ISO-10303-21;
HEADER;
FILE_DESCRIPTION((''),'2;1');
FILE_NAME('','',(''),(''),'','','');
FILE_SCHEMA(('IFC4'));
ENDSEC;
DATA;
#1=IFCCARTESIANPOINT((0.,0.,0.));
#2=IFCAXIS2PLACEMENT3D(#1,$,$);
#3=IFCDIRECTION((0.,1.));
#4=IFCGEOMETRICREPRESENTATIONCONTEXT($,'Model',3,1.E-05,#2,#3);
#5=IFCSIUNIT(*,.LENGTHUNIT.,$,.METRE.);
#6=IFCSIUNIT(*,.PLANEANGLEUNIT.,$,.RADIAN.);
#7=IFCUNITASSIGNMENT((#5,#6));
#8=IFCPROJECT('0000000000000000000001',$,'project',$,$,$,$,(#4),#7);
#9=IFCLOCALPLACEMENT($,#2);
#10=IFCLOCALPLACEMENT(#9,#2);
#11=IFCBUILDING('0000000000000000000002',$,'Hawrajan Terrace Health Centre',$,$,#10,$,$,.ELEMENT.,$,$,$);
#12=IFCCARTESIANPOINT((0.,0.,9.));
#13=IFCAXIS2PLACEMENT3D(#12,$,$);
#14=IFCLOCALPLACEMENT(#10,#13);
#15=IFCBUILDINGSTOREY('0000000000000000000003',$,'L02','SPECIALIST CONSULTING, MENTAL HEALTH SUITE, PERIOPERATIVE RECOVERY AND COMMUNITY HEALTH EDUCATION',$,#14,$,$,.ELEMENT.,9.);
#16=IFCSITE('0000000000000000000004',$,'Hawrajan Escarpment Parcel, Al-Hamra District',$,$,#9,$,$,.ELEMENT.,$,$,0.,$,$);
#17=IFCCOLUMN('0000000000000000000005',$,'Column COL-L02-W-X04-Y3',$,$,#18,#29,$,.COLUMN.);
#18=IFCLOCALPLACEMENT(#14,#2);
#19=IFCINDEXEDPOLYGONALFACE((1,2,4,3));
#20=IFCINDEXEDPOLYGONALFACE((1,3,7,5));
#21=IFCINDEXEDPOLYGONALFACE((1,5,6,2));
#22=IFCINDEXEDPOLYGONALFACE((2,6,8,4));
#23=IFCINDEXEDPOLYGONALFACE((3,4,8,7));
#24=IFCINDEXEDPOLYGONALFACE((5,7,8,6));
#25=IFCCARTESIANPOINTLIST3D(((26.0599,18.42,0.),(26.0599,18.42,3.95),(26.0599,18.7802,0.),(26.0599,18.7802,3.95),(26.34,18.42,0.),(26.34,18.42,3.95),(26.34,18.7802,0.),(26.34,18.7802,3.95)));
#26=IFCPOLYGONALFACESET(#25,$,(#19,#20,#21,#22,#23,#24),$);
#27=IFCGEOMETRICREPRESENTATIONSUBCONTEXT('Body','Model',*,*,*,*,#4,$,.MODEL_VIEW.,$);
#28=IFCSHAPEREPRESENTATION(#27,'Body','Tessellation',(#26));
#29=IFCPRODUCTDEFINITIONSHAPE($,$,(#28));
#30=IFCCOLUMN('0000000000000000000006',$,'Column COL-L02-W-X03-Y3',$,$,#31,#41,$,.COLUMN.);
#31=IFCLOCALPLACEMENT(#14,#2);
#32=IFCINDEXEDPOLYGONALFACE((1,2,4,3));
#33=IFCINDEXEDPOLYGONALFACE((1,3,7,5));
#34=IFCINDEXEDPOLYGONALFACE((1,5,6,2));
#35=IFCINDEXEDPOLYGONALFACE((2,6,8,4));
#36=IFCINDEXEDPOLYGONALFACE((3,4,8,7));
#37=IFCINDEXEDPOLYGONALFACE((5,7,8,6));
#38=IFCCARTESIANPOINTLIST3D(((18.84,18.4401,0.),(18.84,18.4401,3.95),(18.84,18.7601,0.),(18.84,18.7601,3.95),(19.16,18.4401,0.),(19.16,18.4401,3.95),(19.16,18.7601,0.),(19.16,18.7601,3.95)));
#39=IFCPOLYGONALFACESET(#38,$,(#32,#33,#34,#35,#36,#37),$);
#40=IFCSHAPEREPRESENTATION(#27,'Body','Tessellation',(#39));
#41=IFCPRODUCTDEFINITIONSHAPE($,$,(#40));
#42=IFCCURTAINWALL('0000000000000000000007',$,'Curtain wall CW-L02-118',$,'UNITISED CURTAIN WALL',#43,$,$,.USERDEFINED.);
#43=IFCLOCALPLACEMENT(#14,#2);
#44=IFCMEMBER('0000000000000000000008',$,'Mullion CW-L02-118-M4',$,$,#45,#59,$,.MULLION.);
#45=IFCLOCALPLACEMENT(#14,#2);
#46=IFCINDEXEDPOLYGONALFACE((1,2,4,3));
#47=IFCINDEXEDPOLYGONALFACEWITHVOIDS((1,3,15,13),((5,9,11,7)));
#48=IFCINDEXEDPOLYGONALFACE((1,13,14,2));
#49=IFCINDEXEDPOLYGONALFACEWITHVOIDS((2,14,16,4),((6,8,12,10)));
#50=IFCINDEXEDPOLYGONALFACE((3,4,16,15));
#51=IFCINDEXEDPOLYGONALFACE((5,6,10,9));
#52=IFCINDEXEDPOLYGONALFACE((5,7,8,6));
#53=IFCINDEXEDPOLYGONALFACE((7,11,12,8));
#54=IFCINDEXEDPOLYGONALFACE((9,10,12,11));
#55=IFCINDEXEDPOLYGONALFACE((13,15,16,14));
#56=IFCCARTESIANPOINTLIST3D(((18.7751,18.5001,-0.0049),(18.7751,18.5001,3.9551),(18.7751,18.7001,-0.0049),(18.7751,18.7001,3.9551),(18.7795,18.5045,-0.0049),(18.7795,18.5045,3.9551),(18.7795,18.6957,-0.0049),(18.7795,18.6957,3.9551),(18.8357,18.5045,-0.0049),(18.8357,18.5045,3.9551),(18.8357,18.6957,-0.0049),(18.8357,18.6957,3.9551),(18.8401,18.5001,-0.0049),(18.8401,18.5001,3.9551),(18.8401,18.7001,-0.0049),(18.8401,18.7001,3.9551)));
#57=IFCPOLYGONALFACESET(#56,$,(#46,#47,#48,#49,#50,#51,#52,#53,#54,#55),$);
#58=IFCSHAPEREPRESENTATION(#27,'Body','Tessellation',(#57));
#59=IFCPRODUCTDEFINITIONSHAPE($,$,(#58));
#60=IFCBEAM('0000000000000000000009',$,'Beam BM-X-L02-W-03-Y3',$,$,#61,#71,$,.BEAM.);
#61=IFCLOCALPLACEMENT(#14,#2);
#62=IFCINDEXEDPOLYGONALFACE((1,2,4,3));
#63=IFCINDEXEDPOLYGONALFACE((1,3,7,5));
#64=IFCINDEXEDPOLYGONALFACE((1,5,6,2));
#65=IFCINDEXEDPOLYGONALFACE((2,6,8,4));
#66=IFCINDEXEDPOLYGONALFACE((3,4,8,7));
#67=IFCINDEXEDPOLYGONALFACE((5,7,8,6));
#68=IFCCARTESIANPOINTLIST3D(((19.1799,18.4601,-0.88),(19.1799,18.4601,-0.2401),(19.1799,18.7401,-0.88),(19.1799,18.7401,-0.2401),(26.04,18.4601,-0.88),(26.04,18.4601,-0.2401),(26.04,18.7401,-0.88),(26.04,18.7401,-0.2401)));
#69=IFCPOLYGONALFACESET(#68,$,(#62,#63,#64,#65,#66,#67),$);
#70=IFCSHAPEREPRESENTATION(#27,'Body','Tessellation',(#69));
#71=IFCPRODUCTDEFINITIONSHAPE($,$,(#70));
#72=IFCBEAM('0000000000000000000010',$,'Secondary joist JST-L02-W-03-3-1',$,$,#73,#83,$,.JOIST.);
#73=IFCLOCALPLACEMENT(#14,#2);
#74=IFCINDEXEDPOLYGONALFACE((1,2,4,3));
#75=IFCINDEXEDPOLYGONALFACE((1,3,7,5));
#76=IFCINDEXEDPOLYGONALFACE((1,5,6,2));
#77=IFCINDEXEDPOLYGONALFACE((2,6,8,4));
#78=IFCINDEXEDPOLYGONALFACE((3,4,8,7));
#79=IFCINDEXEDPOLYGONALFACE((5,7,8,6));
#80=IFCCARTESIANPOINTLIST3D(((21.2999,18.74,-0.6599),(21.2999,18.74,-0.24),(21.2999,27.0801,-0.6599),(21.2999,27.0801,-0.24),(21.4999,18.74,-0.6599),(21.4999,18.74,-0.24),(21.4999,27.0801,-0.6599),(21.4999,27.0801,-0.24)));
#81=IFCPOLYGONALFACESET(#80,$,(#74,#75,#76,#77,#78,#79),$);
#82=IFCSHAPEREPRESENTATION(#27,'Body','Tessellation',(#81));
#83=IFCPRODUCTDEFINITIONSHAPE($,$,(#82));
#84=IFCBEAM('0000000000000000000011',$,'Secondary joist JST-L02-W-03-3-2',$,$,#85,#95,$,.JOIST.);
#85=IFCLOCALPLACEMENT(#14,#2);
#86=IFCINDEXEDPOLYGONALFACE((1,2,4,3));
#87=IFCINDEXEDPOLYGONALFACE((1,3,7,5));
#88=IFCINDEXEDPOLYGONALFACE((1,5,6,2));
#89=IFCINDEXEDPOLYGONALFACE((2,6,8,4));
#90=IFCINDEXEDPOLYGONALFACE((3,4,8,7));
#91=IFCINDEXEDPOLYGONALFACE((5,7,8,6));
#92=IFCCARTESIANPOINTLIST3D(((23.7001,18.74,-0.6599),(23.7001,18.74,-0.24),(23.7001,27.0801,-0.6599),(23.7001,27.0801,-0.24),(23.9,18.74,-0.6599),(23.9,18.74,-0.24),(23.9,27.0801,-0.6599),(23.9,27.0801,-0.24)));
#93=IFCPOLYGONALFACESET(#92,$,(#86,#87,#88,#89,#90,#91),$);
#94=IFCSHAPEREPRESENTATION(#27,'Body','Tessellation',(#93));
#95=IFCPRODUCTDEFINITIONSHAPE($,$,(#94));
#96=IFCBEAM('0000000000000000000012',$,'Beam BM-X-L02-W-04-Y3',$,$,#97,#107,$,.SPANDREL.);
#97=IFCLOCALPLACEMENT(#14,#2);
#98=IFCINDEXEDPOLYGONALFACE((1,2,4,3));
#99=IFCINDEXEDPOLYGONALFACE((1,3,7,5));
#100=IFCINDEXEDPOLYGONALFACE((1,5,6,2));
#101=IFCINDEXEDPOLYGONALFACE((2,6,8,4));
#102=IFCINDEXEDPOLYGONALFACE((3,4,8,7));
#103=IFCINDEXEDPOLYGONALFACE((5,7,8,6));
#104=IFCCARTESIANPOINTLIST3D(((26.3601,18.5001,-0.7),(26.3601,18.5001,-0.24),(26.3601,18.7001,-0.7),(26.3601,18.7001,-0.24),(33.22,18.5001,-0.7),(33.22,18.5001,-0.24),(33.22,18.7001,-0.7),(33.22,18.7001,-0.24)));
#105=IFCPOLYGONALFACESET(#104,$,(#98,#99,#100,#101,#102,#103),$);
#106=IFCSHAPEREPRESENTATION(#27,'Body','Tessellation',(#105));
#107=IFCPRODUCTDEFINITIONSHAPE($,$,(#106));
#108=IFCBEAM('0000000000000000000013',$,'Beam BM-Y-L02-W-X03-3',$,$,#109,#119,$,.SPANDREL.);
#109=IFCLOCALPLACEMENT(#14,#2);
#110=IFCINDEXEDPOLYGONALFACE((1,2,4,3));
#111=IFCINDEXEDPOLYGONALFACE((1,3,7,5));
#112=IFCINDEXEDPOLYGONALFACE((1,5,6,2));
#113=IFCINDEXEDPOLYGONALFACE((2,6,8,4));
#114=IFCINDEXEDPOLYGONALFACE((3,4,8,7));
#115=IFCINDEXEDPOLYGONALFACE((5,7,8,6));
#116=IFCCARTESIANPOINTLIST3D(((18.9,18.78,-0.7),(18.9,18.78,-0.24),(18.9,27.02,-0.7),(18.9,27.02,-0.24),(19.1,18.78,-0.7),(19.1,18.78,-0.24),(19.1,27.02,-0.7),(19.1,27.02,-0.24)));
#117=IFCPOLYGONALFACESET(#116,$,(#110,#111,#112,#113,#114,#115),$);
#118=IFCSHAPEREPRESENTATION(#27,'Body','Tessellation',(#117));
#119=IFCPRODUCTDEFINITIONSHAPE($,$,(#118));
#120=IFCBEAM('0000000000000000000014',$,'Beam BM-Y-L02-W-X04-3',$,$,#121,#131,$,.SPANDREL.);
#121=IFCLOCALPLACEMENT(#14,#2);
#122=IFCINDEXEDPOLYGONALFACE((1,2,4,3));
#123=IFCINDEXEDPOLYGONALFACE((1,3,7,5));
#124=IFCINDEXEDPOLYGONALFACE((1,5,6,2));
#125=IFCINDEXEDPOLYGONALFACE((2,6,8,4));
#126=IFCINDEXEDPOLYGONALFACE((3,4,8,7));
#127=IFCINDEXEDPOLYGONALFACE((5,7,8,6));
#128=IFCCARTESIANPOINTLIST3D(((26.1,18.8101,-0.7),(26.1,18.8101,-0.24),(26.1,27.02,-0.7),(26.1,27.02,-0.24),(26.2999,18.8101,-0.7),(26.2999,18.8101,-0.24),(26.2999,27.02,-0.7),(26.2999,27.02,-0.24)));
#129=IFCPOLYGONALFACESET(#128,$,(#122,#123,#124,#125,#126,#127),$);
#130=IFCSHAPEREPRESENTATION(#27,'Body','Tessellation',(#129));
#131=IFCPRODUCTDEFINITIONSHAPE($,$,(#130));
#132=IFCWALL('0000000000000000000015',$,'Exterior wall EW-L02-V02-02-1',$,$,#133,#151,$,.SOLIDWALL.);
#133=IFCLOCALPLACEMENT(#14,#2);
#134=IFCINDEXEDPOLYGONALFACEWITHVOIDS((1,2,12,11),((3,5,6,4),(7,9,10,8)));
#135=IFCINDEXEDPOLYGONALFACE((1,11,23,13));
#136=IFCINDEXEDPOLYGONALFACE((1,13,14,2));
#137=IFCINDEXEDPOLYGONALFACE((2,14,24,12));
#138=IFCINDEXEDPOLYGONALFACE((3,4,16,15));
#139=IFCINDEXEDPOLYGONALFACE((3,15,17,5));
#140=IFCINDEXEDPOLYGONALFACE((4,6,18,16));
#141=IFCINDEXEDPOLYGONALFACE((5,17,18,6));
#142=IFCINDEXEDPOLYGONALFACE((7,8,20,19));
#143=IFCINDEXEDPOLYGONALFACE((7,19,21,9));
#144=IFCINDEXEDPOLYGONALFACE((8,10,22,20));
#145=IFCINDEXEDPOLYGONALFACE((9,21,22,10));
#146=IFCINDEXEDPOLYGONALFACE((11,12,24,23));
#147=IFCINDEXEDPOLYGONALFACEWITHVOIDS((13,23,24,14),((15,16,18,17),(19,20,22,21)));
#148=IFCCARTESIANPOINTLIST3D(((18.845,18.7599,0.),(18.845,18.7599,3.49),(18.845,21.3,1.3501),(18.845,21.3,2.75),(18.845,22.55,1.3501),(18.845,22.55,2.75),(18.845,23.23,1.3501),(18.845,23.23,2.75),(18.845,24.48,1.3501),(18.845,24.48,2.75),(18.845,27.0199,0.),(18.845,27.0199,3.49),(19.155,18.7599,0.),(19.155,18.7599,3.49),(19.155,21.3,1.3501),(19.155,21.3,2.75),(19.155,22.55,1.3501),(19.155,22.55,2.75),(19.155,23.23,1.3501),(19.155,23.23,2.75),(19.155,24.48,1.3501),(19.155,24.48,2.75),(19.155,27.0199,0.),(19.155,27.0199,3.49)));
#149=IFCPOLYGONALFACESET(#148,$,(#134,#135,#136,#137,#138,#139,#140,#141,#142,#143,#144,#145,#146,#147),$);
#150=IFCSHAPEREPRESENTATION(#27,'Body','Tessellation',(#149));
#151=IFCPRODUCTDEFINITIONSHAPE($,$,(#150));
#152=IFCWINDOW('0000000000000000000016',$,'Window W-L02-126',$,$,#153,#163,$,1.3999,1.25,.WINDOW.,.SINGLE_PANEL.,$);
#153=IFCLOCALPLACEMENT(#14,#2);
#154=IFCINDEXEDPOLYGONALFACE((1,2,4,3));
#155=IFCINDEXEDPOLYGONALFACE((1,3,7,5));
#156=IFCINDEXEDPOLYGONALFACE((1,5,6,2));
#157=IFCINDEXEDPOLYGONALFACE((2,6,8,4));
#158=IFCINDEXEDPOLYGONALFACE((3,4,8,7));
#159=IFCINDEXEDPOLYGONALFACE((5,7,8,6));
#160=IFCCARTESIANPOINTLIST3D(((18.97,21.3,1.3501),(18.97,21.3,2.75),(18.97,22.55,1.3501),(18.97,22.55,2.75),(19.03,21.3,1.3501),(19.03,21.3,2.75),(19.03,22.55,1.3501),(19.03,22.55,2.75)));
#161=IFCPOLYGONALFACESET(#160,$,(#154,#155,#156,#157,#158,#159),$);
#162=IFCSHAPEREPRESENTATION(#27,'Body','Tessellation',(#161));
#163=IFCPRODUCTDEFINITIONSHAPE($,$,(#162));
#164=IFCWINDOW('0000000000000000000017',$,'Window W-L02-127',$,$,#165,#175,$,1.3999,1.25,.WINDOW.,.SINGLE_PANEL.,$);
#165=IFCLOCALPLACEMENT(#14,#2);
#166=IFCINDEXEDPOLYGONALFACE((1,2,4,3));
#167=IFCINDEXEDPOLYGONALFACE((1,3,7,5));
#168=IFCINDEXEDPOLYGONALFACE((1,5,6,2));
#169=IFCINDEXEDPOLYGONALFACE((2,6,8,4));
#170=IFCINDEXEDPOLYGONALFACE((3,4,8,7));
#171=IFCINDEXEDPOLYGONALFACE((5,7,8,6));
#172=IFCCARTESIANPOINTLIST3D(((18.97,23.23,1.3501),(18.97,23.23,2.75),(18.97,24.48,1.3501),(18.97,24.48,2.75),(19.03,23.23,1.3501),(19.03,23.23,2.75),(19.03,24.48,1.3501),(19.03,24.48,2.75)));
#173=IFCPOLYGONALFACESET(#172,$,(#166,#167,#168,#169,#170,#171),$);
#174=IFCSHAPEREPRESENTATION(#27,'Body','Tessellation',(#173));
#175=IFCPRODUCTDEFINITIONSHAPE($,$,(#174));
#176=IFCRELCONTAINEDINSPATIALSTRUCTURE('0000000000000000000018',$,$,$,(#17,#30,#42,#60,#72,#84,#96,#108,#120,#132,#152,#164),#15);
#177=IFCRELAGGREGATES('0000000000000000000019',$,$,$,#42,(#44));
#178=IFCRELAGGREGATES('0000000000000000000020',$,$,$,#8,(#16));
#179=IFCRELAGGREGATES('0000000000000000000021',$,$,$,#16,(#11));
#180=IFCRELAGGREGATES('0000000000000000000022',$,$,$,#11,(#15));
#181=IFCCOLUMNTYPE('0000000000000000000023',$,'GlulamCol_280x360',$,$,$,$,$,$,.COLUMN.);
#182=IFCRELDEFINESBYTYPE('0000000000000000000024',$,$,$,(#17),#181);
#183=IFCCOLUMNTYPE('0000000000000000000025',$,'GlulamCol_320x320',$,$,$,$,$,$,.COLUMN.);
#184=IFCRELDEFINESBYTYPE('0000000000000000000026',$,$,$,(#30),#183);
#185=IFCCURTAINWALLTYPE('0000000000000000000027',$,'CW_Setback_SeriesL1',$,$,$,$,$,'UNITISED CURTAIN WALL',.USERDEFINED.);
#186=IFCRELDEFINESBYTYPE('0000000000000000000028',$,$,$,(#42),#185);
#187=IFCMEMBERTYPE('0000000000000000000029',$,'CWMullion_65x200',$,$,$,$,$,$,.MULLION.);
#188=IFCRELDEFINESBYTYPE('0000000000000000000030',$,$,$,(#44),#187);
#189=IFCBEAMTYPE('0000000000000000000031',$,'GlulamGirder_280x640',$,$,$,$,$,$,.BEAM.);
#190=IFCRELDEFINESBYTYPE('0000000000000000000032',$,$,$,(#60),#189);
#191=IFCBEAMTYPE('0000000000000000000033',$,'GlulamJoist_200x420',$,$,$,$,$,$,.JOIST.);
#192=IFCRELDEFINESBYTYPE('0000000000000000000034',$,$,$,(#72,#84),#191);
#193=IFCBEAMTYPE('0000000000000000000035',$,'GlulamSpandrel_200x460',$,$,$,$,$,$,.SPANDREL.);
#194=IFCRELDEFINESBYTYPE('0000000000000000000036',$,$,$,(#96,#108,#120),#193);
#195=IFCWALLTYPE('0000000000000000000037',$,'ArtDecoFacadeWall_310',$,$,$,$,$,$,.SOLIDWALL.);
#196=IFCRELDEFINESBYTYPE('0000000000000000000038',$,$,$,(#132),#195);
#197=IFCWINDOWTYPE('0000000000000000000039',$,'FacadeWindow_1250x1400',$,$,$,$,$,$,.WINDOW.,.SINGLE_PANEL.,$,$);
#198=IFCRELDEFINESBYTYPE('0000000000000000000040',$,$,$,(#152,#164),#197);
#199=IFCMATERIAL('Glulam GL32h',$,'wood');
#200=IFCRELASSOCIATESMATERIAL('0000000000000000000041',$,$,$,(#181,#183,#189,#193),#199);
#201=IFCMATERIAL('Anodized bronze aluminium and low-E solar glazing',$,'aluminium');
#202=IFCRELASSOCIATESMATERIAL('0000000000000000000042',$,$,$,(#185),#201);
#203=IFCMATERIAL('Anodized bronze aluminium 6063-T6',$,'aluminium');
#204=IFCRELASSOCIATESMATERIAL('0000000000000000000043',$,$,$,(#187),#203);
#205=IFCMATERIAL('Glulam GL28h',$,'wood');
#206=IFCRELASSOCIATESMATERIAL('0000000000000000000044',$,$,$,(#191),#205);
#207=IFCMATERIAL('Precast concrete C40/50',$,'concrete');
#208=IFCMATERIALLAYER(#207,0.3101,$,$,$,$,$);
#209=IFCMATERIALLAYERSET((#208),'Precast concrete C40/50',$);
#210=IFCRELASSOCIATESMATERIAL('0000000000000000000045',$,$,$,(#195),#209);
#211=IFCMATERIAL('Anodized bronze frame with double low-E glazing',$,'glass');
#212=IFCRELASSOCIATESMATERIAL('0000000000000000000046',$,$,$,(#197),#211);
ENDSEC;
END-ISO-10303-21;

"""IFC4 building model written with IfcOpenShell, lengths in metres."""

from ifc_helpers import new_model, si_unit, direction, frame, frame_2d, origin, origin_2d, place, context, subcontext, project, spatial, rectangle, hollow_rectangle, extrude, material, layer, layer_set, material_profile, profile_set, type_object, element, fill, aggregate, save


model = new_model("IFC4")

# Units and contexts
model_context = context("Model", 3, precision=1e-05, world=origin(), true_north=direction((0.0, 1.0)))
body_context = subcontext(model_context, "Body", "Model", "MODEL_VIEW")
ifc_project = project(units=[si_unit("LENGTHUNIT", "METRE"), si_unit("PLANEANGLEUNIT", "RADIAN")], contexts=[model_context])

# Site, building, storey
site_placement = place(None, origin())
site = spatial("IfcSite", under=ifc_project, at=site_placement, Name="Hawrajan Escarpment Parcel, Al-Hamra District", CompositionType="ELEMENT", RefElevation=0.0)
building_placement = place(site_placement, origin())
building = spatial("IfcBuilding", under=site, at=building_placement, Name="Hawrajan Terrace Health Centre", CompositionType="ELEMENT")
storey_placement = place(building_placement, frame((0.0, 0.0, 9.0)))
storey = spatial("IfcBuildingStorey", under=building, at=storey_placement, Name="L02", Description="SPECIALIST CONSULTING, MENTAL HEALTH SUITE, PERIOPERATIVE RECOVERY AND COMMUNITY HEALTH EDUCATION", CompositionType="ELEMENT", Elevation=9.0)

# Columns
ifc_material_1 = material(Name="Glulam GL32h", Category="wood")
ifc_material_profile_1 = material_profile(ifc_material_1, rectangle(XDim=0.28, YDim=0.3601, at=origin_2d()), Name="GL 280x360")
ifc_profile_set_1 = profile_set([ifc_material_profile_1], Name="Glulam GL32h")
column_type_1 = type_object("IfcColumnType", Name="GlulamCol_280x360", PredefinedType="COLUMN", material=ifc_profile_set_1)
column_1_placement = place(storey_placement, frame((26.2, 18.6001, 0.0), z_axis=(0.0, 0.0, 1.0), x_axis=(1.0, 0.0, 0.0)))
element("IfcColumn", 1, at=column_1_placement, inside=storey, type_object=column_type_1, Name="Column COL-L02-W-X04-Y3", PredefinedType="COLUMN", context=body_context, shape_type="SweptSolid", body=[
    extrude(rectangle(XDim=0.28, YDim=0.3601, at=origin_2d()), origin(), (0.0, 0.0, 1.0), 3.95),
])
ifc_material_profile_2 = material_profile(ifc_material_1, rectangle(XDim=0.3201, YDim=0.3201, at=origin_2d()), Name="GL 320x320")
ifc_profile_set_2 = profile_set([ifc_material_profile_2], Name="Glulam GL32h")
column_type_2 = type_object("IfcColumnType", Name="GlulamCol_320x320", PredefinedType="COLUMN", material=ifc_profile_set_2)
column_2_placement = place(storey_placement, frame((19.0, 18.6001, 0.0), z_axis=(0.0, 0.0, 1.0), x_axis=(1.0, 0.0, 0.0)))
element("IfcColumn", 2, at=column_2_placement, inside=storey, type_object=column_type_2, Name="Column COL-L02-W-X03-Y3", PredefinedType="COLUMN", context=body_context, shape_type="SweptSolid", body=[
    extrude(rectangle(XDim=0.3201, YDim=0.3201, at=origin_2d()), origin(), (0.0, 0.0, 1.0), 3.95),
])

# Curtain wall, member
ifc_material_2 = material(Name="Anodized bronze aluminium and low-E solar glazing", Category="aluminium")
curtain_wall_type = type_object("IfcCurtainWallType", Name="CW_Setback_SeriesL1", ElementType="UNITISED CURTAIN WALL", PredefinedType="USERDEFINED", material=ifc_material_2)
curtain_wall_placement = place(storey_placement, origin())
curtain_wall = element("IfcCurtainWall", 3, at=curtain_wall_placement, inside=storey, type_object=curtain_wall_type, Name="Curtain wall CW-L02-118", ObjectType="UNITISED CURTAIN WALL", PredefinedType="USERDEFINED")
ifc_material_3 = material(Name="Anodized bronze aluminium 6063-T6", Category="aluminium")
ifc_material_profile_3 = material_profile(ifc_material_3, hollow_rectangle(XDim=0.0649, YDim=0.2, WallThickness=0.0044, at=origin_2d()), Name="CW MUL 65x200")
ifc_profile_set_3 = profile_set([ifc_material_profile_3], Name="Anodized bronze aluminium 6063-T6")
member_type = type_object("IfcMemberType", Name="CWMullion_65x200", PredefinedType="MULLION", material=ifc_profile_set_3)
member_placement = place(storey_placement, frame((18.8076, 18.6001, -0.0049), z_axis=(0.0, 0.0, 1.0), x_axis=(1.0, 0.0, 0.0)))
member = element("IfcMember", 4, at=member_placement, type_object=member_type, Name="Mullion CW-L02-118-M4", PredefinedType="MULLION", context=body_context, shape_type="SweptSolid", body=[
    extrude(hollow_rectangle(XDim=0.0649, YDim=0.2, WallThickness=0.0044, at=origin_2d()), origin(), (0.0, 0.0, 1.0), 3.96),
])
aggregate(curtain_wall, [member])

# Beams
ifc_material_profile_4 = material_profile(ifc_material_1, rectangle(XDim=0.28, YDim=0.6399, at=origin_2d()), Name="GL BM 280x640")
ifc_profile_set_4 = profile_set([ifc_material_profile_4], Name="Glulam GL32h")
beam_type_1 = type_object("IfcBeamType", Name="GlulamGirder_280x640", PredefinedType="BEAM", material=ifc_profile_set_4)
beam_1_placement = place(storey_placement, frame((19.1799, 18.6001, -0.5601), z_axis=(1.0, 0.0, 0.0), x_axis=(0.0, 1.0, 0.0)))
element("IfcBeam", 5, at=beam_1_placement, inside=storey, type_object=beam_type_1, Name="Beam BM-X-L02-W-03-Y3", PredefinedType="BEAM", context=body_context, shape_type="SweptSolid", body=[
    extrude(rectangle(XDim=0.28, YDim=0.6399, at=origin_2d()), origin(), (0.0, 0.0, 1.0), 6.8601),
])
ifc_material_4 = material(Name="Glulam GL28h", Category="wood")
ifc_material_profile_5 = material_profile(ifc_material_4, rectangle(XDim=0.2, YDim=0.4199, at=origin_2d()), Name="GL JST 200x420")
ifc_profile_set_5 = profile_set([ifc_material_profile_5], Name="Glulam GL28h")
beam_type_2 = type_object("IfcBeamType", Name="GlulamJoist_200x420", PredefinedType="JOIST", material=ifc_profile_set_5)
for number, where, z_axis, x_axis, name in (
    (6, (21.3999, 18.74, -0.45), (0.0, 1.0, 0.0), (-1.0, 0.0, 0.0), "Secondary joist JST-L02-W-03-3-1"),
    (7, (23.8, 18.74, -0.45), (0.0, 1.0, 0.0), (-1.0, 0.0, 0.0), "Secondary joist JST-L02-W-03-3-2"),
):
    element("IfcBeam", number, at=place(storey_placement, frame(where, z_axis=z_axis, x_axis=x_axis)), inside=storey, type_object=beam_type_2, Name=name, PredefinedType="JOIST", context=body_context, shape_type="SweptSolid", body=[
        extrude(rectangle(XDim=0.2, YDim=0.4199, at=origin_2d()), origin(), (0.0, 0.0, 1.0), 8.3401),
    ])
ifc_material_profile_6 = material_profile(ifc_material_1, rectangle(XDim=0.2, YDim=0.46, at=origin_2d()), Name="GL SP 200x460")
ifc_profile_set_6 = profile_set([ifc_material_profile_6], Name="Glulam GL32h")
beam_type_3 = type_object("IfcBeamType", Name="GlulamSpandrel_200x460", PredefinedType="SPANDREL", material=ifc_profile_set_6)
beam_2_placement = place(storey_placement, frame((26.3601, 18.6001, -0.47), z_axis=(1.0, 0.0, 0.0), x_axis=(0.0, 1.0, 0.0)))
element("IfcBeam", 8, at=beam_2_placement, inside=storey, type_object=beam_type_3, Name="Beam BM-X-L02-W-04-Y3", PredefinedType="SPANDREL", context=body_context, shape_type="SweptSolid", body=[
    extrude(rectangle(XDim=0.2, YDim=0.46, at=origin_2d()), origin(), (0.0, 0.0, 1.0), 6.8599),
])
beam_3_placement = place(storey_placement, frame((19.0, 18.78, -0.47), z_axis=(0.0, 1.0, 0.0), x_axis=(-1.0, 0.0, 0.0)))
element("IfcBeam", 9, at=beam_3_placement, inside=storey, type_object=beam_type_3, Name="Beam BM-Y-L02-W-X03-3", PredefinedType="SPANDREL", context=body_context, shape_type="SweptSolid", body=[
    extrude(rectangle(XDim=0.2, YDim=0.46, at=origin_2d()), origin(), (0.0, 0.0, 1.0), 8.24),
])
beam_4_placement = place(storey_placement, frame((26.2, 18.8101, -0.47), z_axis=(0.0, 1.0, 0.0), x_axis=(-1.0, 0.0, 0.0)))
element("IfcBeam", 10, at=beam_4_placement, inside=storey, type_object=beam_type_3, Name="Beam BM-Y-L02-W-X04-3", PredefinedType="SPANDREL", context=body_context, shape_type="SweptSolid", body=[
    extrude(rectangle(XDim=0.2, YDim=0.46, at=origin_2d()), origin(), (0.0, 0.0, 1.0), 8.21),
])

# Wall, openings, windows
ifc_material_5 = material(Name="Precast concrete C40/50", Category="concrete")
ifc_layer_1 = layer(ifc_material_5, 0.3101)
ifc_layer_set_1 = layer_set([ifc_layer_1], Name="Precast concrete C40/50")
wall_type_1 = type_object("IfcWallType", Name="ArtDecoFacadeWall_310", PredefinedType="SOLIDWALL", material=ifc_layer_set_1)
wall_1_placement = place(storey_placement, frame((19.0, 18.76, 0.0), z_axis=(0.0, 0.0, 1.0), x_axis=(0.0, 1.0, 0.0)))
wall_1 = element("IfcWall", 11, at=wall_1_placement, inside=storey, type_object=wall_type_1, Name="Exterior wall EW-L02-V02-02-1", PredefinedType="SOLIDWALL", context=body_context, shape_type="SweptSolid", body=[
    extrude(rectangle(XDim=8.26, YDim=0.3101, at=frame_2d((4.1299, 0.0))), origin(), (0.0, 0.0, 1.0), 3.49),
])
opening_1_placement = place(wall_1_placement, frame((2.54, 0.0, 1.3501)))
opening_1 = element("IfcOpeningElement", 12, at=opening_1_placement, cuts=wall_1, PredefinedType="OPENING", context=body_context, shape_type="SweptSolid", body=[
    extrude(rectangle(XDim=1.25, YDim=1.3999, at=frame_2d((0.625, 0.7))), frame((0.0, 0.165, 0.0), z_axis=(0.0, -1.0, 0.0), x_axis=(1.0, 0.0, 0.0)), (0.0, 0.0, 1.0), 0.3301),
])
opening_2_placement = place(wall_1_placement, frame((4.47, 0.0, 1.3501)))
opening_2 = element("IfcOpeningElement", 13, at=opening_2_placement, cuts=wall_1, PredefinedType="OPENING", context=body_context, shape_type="SweptSolid", body=[
    extrude(rectangle(XDim=1.25, YDim=1.3999, at=frame_2d((0.625, 0.7))), frame((0.0, 0.165, 0.0), z_axis=(0.0, -1.0, 0.0), x_axis=(1.0, 0.0, 0.0)), (0.0, 0.0, 1.0), 0.3301),
])
ifc_material_6 = material(Name="Anodized bronze frame with double low-E glazing", Category="glass")
window_type_1 = type_object("IfcWindowType", Name="FacadeWindow_1250x1400", PartitioningType="SINGLE_PANEL", PredefinedType="WINDOW", material=ifc_material_6)
window_1_placement = place(opening_1_placement, origin())
window_1 = element("IfcWindow", 14, at=window_1_placement, inside=storey, type_object=window_type_1, Name="Window W-L02-126", OverallHeight=1.3999, OverallWidth=1.25, PartitioningType="SINGLE_PANEL", PredefinedType="WINDOW", context=body_context, shape_type="SweptSolid", body=[
    extrude(rectangle(XDim=1.25, YDim=1.3999, at=frame_2d((0.625, 0.7))), frame((0.0, 0.03, 0.0), z_axis=(0.0, -1.0, 0.0), x_axis=(1.0, 0.0, 0.0)), (0.0, 0.0, 1.0), 0.0601),
])
fill(opening_1, window_1)
window_2_placement = place(opening_2_placement, origin())
window_2 = element("IfcWindow", 15, at=window_2_placement, inside=storey, type_object=window_type_1, Name="Window W-L02-127", OverallHeight=1.3999, OverallWidth=1.25, PartitioningType="SINGLE_PANEL", PredefinedType="WINDOW", context=body_context, shape_type="SweptSolid", body=[
    extrude(rectangle(XDim=1.25, YDim=1.3999, at=frame_2d((0.625, 0.7))), frame((0.0, 0.03, 0.0), z_axis=(0.0, -1.0, 0.0), x_axis=(1.0, 0.0, 0.0)), (0.0, 0.0, 1.0), 0.0601),
])
fill(opening_2, window_2)

save(model, "model.ifc")
